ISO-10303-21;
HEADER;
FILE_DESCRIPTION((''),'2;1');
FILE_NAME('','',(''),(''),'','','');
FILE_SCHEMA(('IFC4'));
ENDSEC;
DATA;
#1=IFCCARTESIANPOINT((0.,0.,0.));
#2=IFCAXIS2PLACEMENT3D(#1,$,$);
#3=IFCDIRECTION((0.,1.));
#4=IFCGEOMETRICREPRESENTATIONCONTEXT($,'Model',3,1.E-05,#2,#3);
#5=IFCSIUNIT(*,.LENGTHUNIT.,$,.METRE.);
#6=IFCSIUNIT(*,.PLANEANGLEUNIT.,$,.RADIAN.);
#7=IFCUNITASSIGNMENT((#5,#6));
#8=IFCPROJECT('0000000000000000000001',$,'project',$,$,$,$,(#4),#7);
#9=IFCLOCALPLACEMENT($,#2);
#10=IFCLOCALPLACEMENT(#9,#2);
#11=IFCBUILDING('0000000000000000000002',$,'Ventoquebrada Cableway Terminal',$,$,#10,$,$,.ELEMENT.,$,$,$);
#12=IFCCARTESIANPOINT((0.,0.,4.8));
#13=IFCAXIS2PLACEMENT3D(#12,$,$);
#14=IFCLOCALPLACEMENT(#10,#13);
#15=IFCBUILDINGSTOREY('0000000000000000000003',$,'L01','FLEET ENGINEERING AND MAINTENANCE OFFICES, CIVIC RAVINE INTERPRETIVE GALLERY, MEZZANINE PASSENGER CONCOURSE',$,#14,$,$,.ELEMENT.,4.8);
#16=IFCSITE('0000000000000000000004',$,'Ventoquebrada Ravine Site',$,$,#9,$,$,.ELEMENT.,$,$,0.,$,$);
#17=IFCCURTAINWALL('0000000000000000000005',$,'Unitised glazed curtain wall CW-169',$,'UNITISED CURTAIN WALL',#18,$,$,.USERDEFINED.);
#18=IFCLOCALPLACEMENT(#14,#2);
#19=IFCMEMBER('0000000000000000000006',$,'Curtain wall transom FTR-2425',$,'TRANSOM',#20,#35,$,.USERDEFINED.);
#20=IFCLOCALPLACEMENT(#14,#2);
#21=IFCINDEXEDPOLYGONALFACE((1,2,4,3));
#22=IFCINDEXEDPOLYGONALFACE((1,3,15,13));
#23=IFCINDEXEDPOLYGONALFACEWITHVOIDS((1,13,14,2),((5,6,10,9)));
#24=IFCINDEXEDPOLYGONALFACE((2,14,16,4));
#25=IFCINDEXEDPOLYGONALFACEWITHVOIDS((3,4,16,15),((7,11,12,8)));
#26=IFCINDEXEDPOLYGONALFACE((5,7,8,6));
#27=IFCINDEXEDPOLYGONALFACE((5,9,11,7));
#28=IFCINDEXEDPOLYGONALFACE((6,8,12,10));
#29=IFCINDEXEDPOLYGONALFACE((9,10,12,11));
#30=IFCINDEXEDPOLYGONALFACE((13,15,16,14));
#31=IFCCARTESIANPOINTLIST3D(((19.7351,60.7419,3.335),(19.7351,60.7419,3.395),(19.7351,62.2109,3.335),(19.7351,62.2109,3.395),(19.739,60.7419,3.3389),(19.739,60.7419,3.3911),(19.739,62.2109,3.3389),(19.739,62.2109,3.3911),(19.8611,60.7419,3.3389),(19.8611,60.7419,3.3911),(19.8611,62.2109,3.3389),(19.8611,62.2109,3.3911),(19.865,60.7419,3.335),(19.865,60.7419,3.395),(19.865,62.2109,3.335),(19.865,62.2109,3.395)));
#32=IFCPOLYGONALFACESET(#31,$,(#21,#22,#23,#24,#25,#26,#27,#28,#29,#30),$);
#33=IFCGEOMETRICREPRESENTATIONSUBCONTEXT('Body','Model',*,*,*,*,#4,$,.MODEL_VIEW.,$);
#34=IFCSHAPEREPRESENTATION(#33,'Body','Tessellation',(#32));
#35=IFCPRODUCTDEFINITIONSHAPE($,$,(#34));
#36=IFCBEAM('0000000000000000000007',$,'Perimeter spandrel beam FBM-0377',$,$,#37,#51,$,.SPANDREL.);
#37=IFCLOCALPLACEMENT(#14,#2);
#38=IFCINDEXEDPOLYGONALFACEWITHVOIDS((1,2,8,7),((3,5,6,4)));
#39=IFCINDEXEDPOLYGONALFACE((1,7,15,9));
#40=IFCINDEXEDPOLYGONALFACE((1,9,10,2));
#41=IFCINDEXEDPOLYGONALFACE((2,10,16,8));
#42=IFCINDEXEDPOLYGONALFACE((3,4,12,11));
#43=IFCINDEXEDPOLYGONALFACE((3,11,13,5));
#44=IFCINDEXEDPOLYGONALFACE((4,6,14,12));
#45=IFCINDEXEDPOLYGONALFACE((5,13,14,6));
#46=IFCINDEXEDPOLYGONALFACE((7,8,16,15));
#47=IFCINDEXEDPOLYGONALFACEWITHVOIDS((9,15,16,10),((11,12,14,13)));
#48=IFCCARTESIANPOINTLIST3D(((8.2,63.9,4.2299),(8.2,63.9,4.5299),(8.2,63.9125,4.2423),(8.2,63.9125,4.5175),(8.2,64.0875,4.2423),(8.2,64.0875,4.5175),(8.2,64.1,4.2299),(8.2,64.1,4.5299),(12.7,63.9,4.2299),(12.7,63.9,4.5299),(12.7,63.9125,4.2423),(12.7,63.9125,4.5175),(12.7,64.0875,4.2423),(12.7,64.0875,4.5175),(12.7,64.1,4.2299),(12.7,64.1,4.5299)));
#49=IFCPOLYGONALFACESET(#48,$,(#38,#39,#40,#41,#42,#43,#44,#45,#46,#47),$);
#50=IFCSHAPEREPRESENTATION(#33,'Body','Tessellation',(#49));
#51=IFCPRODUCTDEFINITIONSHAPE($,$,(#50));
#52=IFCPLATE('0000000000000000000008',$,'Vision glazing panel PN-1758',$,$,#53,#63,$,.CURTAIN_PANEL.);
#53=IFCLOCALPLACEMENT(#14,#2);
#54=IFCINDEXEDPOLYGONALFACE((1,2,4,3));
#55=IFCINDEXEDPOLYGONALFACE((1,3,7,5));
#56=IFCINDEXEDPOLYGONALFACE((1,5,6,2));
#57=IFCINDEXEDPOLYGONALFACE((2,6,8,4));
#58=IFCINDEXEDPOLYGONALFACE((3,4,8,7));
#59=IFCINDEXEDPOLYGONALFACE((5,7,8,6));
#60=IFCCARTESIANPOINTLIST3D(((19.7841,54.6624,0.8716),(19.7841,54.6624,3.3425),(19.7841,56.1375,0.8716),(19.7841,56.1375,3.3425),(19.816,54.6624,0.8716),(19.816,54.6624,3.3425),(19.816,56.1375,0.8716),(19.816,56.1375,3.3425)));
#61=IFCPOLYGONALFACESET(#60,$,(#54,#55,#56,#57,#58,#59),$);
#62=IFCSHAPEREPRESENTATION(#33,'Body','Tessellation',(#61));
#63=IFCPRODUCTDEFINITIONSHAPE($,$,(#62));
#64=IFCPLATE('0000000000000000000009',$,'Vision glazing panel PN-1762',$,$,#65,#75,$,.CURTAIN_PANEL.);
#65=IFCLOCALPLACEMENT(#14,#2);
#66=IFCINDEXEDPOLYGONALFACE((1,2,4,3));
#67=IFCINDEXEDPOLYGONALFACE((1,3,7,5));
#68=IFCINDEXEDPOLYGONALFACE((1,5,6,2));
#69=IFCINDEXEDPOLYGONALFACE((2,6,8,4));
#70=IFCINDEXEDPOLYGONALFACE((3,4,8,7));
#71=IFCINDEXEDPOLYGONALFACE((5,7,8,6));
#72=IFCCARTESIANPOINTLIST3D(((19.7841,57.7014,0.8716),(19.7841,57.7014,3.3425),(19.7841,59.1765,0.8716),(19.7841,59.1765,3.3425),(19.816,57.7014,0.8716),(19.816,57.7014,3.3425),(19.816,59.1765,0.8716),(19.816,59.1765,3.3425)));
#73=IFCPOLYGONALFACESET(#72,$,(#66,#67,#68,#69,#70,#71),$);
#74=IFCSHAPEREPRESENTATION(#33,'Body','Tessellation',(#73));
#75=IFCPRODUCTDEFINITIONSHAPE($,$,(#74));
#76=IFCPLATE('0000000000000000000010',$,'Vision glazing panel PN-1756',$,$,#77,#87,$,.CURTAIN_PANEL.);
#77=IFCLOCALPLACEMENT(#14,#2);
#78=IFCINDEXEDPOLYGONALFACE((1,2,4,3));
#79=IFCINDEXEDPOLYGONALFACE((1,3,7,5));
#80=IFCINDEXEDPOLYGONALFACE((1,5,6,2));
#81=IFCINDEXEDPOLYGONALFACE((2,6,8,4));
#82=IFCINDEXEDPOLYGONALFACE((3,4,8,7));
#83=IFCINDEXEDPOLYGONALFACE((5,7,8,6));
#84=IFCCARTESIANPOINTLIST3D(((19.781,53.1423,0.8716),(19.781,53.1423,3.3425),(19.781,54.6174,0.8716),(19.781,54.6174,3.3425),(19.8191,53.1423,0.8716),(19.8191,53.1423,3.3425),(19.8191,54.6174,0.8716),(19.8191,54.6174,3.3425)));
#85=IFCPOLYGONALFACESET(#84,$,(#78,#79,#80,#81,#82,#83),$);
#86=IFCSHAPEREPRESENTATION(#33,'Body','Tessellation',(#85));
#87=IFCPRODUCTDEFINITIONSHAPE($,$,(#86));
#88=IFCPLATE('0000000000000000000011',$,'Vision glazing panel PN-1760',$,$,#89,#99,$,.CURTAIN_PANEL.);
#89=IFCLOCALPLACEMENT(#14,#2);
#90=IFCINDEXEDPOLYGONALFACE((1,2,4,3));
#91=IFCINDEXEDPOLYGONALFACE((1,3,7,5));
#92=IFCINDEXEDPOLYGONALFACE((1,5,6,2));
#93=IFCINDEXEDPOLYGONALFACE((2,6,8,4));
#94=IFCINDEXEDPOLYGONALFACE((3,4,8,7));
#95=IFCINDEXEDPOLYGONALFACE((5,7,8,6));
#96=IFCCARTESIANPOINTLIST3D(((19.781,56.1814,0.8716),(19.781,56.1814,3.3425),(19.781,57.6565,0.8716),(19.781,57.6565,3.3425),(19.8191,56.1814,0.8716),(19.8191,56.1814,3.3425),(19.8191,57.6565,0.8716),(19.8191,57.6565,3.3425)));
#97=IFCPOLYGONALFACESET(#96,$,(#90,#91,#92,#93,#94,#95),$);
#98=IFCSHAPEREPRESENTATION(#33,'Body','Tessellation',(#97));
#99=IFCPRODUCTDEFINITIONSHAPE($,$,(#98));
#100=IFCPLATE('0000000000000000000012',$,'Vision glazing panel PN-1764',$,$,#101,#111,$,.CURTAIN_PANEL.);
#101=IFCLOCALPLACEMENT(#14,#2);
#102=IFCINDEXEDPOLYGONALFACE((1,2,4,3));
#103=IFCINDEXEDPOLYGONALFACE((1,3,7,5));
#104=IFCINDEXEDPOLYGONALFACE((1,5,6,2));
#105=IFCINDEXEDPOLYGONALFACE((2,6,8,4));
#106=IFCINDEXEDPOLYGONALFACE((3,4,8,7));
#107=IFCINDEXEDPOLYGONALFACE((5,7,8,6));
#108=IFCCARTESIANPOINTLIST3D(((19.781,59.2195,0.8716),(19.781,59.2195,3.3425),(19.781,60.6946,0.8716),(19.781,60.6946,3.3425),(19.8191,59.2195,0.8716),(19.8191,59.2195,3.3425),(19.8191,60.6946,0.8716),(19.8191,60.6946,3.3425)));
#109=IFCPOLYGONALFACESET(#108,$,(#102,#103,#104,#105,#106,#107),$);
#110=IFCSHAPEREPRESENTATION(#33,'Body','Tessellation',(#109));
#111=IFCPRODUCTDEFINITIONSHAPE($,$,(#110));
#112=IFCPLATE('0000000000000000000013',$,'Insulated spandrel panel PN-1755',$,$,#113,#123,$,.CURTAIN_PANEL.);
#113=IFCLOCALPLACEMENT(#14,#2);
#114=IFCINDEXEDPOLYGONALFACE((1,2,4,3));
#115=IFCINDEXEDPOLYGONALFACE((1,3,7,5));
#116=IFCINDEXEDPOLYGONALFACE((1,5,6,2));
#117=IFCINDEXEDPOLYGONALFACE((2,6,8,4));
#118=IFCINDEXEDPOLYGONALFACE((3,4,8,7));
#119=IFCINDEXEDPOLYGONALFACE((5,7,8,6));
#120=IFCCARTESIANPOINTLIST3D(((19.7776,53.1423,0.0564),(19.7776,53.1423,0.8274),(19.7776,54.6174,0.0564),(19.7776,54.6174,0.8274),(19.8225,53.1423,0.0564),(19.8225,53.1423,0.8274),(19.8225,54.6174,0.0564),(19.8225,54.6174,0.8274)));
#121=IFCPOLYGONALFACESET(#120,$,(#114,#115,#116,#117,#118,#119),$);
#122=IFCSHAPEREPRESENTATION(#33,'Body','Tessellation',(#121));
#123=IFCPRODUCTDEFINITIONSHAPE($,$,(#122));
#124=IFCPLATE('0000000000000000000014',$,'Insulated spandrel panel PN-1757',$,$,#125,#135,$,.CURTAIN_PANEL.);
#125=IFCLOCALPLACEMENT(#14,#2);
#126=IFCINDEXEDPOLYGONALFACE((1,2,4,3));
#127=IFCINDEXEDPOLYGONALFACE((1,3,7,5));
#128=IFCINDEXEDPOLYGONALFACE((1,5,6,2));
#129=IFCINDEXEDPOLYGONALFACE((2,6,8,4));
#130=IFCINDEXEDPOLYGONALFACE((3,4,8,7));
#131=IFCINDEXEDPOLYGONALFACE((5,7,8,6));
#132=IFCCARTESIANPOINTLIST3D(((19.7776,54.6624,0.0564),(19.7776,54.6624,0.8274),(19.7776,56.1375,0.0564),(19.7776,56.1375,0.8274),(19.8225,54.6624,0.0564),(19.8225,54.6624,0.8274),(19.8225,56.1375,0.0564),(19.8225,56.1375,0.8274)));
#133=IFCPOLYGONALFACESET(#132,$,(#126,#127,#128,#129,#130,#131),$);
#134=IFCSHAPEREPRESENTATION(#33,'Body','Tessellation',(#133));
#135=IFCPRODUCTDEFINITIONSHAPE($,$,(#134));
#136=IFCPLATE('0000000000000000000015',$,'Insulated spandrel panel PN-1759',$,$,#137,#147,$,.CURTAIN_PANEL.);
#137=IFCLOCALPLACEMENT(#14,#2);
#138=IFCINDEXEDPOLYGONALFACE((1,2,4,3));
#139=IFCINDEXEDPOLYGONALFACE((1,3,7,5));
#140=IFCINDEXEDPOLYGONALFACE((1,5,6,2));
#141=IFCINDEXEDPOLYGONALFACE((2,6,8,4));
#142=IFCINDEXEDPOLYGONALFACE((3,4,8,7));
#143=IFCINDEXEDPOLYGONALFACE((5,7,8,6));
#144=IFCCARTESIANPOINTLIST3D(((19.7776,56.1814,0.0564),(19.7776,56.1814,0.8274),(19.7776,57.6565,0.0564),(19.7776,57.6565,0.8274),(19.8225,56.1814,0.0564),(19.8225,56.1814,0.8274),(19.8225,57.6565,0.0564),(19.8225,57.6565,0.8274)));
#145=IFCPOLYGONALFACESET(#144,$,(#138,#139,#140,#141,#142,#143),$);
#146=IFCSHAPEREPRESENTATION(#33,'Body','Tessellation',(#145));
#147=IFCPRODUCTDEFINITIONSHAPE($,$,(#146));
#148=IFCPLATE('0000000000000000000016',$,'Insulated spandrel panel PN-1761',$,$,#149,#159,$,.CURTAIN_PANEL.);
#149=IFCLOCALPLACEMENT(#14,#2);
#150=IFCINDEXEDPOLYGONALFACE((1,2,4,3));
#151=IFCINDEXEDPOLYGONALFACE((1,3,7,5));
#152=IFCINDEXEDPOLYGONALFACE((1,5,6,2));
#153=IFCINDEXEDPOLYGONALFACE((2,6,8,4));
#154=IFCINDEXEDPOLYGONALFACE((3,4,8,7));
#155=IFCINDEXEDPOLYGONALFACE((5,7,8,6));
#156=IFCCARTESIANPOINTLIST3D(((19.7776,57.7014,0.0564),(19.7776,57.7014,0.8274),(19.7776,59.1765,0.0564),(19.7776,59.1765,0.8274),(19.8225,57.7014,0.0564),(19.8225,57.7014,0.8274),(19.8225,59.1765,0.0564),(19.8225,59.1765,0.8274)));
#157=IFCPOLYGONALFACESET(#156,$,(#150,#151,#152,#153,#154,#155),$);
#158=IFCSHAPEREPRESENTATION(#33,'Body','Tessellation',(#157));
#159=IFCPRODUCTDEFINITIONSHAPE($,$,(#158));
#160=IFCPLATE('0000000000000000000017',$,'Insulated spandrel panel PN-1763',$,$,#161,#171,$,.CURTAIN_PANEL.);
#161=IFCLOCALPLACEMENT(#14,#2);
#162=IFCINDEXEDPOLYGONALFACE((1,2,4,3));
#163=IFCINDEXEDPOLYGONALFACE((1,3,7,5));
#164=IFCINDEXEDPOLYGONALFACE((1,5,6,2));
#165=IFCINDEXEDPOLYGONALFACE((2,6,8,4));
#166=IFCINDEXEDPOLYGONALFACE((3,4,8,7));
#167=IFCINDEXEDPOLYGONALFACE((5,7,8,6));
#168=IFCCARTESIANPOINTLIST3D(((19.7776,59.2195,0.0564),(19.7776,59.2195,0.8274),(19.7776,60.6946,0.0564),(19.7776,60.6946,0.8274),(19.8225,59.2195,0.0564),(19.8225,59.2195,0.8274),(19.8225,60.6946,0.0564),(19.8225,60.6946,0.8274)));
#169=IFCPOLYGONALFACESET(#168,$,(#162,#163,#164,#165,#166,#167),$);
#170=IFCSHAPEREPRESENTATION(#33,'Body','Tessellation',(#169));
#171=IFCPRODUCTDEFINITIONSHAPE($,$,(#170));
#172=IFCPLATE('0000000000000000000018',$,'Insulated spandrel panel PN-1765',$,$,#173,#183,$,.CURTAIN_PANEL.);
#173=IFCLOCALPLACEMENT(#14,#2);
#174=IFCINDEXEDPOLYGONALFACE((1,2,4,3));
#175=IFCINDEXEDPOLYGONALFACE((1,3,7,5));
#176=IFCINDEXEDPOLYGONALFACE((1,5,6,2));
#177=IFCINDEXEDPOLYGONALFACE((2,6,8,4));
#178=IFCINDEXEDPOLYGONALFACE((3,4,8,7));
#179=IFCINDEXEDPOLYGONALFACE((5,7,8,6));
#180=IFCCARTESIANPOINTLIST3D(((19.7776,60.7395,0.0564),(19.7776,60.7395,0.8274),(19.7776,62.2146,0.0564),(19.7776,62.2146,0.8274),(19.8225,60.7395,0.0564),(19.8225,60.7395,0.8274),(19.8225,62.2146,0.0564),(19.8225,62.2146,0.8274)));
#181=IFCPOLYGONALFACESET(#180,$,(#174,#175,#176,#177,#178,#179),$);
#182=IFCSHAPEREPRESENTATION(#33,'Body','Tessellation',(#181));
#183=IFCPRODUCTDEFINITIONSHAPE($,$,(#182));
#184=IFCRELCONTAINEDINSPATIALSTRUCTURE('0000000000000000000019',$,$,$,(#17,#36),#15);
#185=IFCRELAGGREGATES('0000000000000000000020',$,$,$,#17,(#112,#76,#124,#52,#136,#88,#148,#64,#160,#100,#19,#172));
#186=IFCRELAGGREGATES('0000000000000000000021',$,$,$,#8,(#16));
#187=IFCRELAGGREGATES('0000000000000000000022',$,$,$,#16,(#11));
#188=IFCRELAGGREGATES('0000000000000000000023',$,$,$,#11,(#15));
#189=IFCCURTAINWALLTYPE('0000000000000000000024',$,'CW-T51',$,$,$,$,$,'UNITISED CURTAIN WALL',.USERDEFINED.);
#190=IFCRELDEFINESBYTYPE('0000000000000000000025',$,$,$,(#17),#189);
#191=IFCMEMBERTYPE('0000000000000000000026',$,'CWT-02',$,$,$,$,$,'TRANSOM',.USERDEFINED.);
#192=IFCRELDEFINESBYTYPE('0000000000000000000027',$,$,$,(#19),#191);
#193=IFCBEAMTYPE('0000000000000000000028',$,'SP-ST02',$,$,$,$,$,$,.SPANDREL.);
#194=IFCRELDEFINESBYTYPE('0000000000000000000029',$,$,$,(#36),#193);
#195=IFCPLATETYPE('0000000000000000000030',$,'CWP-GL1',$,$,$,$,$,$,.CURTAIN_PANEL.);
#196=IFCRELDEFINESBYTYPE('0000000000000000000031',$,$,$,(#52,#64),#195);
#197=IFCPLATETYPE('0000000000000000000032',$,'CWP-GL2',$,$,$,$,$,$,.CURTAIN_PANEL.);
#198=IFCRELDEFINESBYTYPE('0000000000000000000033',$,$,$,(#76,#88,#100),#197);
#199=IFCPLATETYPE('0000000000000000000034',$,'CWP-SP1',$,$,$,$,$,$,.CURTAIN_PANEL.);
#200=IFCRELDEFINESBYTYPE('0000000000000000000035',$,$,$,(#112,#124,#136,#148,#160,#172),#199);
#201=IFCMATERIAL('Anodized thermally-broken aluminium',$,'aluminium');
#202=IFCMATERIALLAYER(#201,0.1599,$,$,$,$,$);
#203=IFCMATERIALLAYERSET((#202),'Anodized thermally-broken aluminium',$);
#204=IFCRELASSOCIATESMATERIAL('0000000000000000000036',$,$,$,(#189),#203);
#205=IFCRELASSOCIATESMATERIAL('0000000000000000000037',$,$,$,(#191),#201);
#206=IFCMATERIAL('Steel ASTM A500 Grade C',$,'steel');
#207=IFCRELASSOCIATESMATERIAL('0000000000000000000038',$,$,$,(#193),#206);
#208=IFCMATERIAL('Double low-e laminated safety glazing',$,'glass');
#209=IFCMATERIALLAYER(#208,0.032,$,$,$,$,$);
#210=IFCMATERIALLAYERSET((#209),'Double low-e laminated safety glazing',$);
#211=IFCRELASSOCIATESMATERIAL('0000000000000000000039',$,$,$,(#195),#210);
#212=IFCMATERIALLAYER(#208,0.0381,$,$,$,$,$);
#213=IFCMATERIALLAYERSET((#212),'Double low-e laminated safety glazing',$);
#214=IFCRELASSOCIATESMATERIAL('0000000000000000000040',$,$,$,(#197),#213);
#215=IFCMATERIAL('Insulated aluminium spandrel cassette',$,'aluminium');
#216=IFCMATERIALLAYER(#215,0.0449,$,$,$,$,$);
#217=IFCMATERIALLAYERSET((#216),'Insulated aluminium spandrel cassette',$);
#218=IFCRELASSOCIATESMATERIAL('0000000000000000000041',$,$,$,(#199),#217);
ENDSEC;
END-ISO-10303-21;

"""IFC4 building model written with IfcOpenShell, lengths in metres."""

from ifc_helpers import new_model, si_unit, direction, frame, origin, origin_2d, place, context, subcontext, project, spatial, rectangle, hollow_rectangle, extrude, material, layer, layer_set, material_profile, profile_set, type_object, element, aggregate, save


model = new_model("IFC4")

# Units and contexts
model_context = context("Model", 3, precision=1e-05, world=origin(), true_north=direction((0.0, 1.0)))
body_context = subcontext(model_context, "Body", "Model", "MODEL_VIEW")
ifc_project = project(units=[si_unit("LENGTHUNIT", "METRE"), si_unit("PLANEANGLEUNIT", "RADIAN")], contexts=[model_context])

# Site, building, storey
site_placement = place(None, origin())
site = spatial("IfcSite", under=ifc_project, at=site_placement, Name="Ventoquebrada Ravine Site", CompositionType="ELEMENT", RefElevation=0.0)
building_placement = place(site_placement, origin())
building = spatial("IfcBuilding", under=site, at=building_placement, Name="Ventoquebrada Cableway Terminal", CompositionType="ELEMENT")
storey_placement = place(building_placement, frame((0.0, 0.0, 4.8)))
storey = spatial("IfcBuildingStorey", under=building, at=storey_placement, Name="L01", Description="FLEET ENGINEERING AND MAINTENANCE OFFICES, CIVIC RAVINE INTERPRETIVE GALLERY, MEZZANINE PASSENGER CONCOURSE", CompositionType="ELEMENT", Elevation=4.8)

# Curtain wall, member
ifc_material_1 = material(Name="Anodized thermally-broken aluminium", Category="aluminium")
ifc_layer_1 = layer(ifc_material_1, 0.1599)
ifc_layer_set_1 = layer_set([ifc_layer_1], Name="Anodized thermally-broken aluminium")
curtain_wall_type = type_object("IfcCurtainWallType", Name="CW-T51", ElementType="UNITISED CURTAIN WALL", PredefinedType="USERDEFINED", material=ifc_layer_set_1)
curtain_wall_placement = place(storey_placement, origin())
curtain_wall = element("IfcCurtainWall", 1, at=curtain_wall_placement, inside=storey, type_object=curtain_wall_type, Name="Unitised glazed curtain wall CW-169", ObjectType="UNITISED CURTAIN WALL", PredefinedType="USERDEFINED")
ifc_material_profile_1 = material_profile(ifc_material_1, hollow_rectangle(XDim=0.0601, YDim=0.1299, WallThickness=0.0039, at=origin_2d()), Name="CW-TRN-60X130")
ifc_profile_set_1 = profile_set([ifc_material_profile_1], Name="Anodized thermally-broken aluminium")
member_type_1 = type_object("IfcMemberType", Name="CWT-02", ElementType="TRANSOM", PredefinedType="USERDEFINED", material=ifc_profile_set_1)
member_1_placement = place(storey_placement, frame((19.8, 60.7419, 3.365), z_axis=(0.0, 1.0, 0.0), x_axis=(0.0, 0.0, 1.0)))
member_1 = element("IfcMember", 2, at=member_1_placement, type_object=member_type_1, Name="Curtain wall transom FTR-2425", ObjectType="TRANSOM", PredefinedType="USERDEFINED", context=body_context, shape_type="SweptSolid", body=[
    extrude(hollow_rectangle(XDim=0.0601, YDim=0.1299, WallThickness=0.0039, at=origin_2d()), origin(), (0.0, 0.0, 1.0), 1.469),
])

# Beam
ifc_material_2 = material(Name="Steel ASTM A500 Grade C", Category="steel")
ifc_material_profile_2 = material_profile(ifc_material_2, hollow_rectangle(XDim=0.2, YDim=0.3, WallThickness=0.0125, at=origin_2d()), Name="RHS300X200X12.5")
ifc_profile_set_2 = profile_set([ifc_material_profile_2], Name="Steel ASTM A500 Grade C")
beam_type_1 = type_object("IfcBeamType", Name="SP-ST02", PredefinedType="SPANDREL", material=ifc_profile_set_2)
beam_1_placement = place(storey_placement, frame((8.2, 64.0, 4.3799), z_axis=(1.0, 0.0, 0.0), x_axis=(0.0, 1.0, 0.0)))
element("IfcBeam", 3, at=beam_1_placement, inside=storey, type_object=beam_type_1, Name="Perimeter spandrel beam FBM-0377", PredefinedType="SPANDREL", context=body_context, shape_type="SweptSolid", body=[
    extrude(hollow_rectangle(XDim=0.2, YDim=0.3, WallThickness=0.0125, at=origin_2d()), origin(), (0.0, 0.0, 1.0), 4.5),
])

# Plates
ifc_material_3 = material(Name="Double low-e laminated safety glazing", Category="glass")
ifc_layer_2 = layer(ifc_material_3, 0.032)
ifc_layer_set_2 = layer_set([ifc_layer_2], Name="Double low-e laminated safety glazing")
plate_type_1 = type_object("IfcPlateType", Name="CWP-GL1", PredefinedType="CURTAIN_PANEL", material=ifc_layer_set_2)
plate_1_placement = place(storey_placement, frame((19.8, 55.3999, 0.8716), z_axis=(0.0, 0.0, 1.0), x_axis=(0.0, 1.0, 0.0)))
plate_1 = element("IfcPlate", 4, at=plate_1_placement, type_object=plate_type_1, Name="Vision glazing panel PN-1758", PredefinedType="CURTAIN_PANEL", context=body_context, shape_type="SweptSolid", body=[
    extrude(rectangle(XDim=1.4751, YDim=0.032, at=origin_2d()), origin(), (0.0, 0.0, 1.0), 2.4709),
])
plate_2_placement = place(storey_placement, frame((19.8, 58.439, 0.8716), z_axis=(0.0, 0.0, 1.0), x_axis=(0.0, 1.0, 0.0)))
plate_2 = element("IfcPlate", 5, at=plate_2_placement, type_object=plate_type_1, Name="Vision glazing panel PN-1762", PredefinedType="CURTAIN_PANEL", context=body_context, shape_type="SweptSolid", body=[
    extrude(rectangle(XDim=1.4751, YDim=0.032, at=origin_2d()), origin(), (0.0, 0.0, 1.0), 2.4709),
])
ifc_layer_3 = layer(ifc_material_3, 0.0381)
ifc_layer_set_3 = layer_set([ifc_layer_3], Name="Double low-e laminated safety glazing")
plate_type_2 = type_object("IfcPlateType", Name="CWP-GL2", PredefinedType="CURTAIN_PANEL", material=ifc_layer_set_3)
plate_3_placement = place(storey_placement, frame((19.8, 53.8799, 0.8716), z_axis=(0.0, 0.0, 1.0), x_axis=(0.0, 1.0, 0.0)))
plate_3 = element("IfcPlate", 6, at=plate_3_placement, type_object=plate_type_2, Name="Vision glazing panel PN-1756", PredefinedType="CURTAIN_PANEL", context=body_context, shape_type="SweptSolid", body=[
    extrude(rectangle(XDim=1.4751, YDim=0.0381, at=origin_2d()), origin(), (0.0, 0.0, 1.0), 2.4709),
])
plate_4_placement = place(storey_placement, frame((19.8, 56.9189, 0.8716), z_axis=(0.0, 0.0, 1.0), x_axis=(0.0, 1.0, 0.0)))
plate_4 = element("IfcPlate", 7, at=plate_4_placement, type_object=plate_type_2, Name="Vision glazing panel PN-1760", PredefinedType="CURTAIN_PANEL", context=body_context, shape_type="SweptSolid", body=[
    extrude(rectangle(XDim=1.4751, YDim=0.0381, at=origin_2d()), origin(), (0.0, 0.0, 1.0), 2.4709),
])
plate_5_placement = place(storey_placement, frame((19.8, 59.957, 0.8716), z_axis=(0.0, 0.0, 1.0), x_axis=(0.0, 1.0, 0.0)))
plate_5 = element("IfcPlate", 8, at=plate_5_placement, type_object=plate_type_2, Name="Vision glazing panel PN-1764", PredefinedType="CURTAIN_PANEL", context=body_context, shape_type="SweptSolid", body=[
    extrude(rectangle(XDim=1.4751, YDim=0.0381, at=origin_2d()), origin(), (0.0, 0.0, 1.0), 2.4709),
])
ifc_material_4 = material(Name="Insulated aluminium spandrel cassette", Category="aluminium")
ifc_layer_4 = layer(ifc_material_4, 0.0449)
ifc_layer_set_4 = layer_set([ifc_layer_4], Name="Insulated aluminium spandrel cassette")
plate_type_3 = type_object("IfcPlateType", Name="CWP-SP1", PredefinedType="CURTAIN_PANEL", material=ifc_layer_set_4)
plate_6_placement = place(storey_placement, frame((19.8, 53.8799, 0.0564), z_axis=(0.0, 0.0, 1.0), x_axis=(0.0, 1.0, 0.0)))
plate_6 = element("IfcPlate", 9, at=plate_6_placement, type_object=plate_type_3, Name="Insulated spandrel panel PN-1755", PredefinedType="CURTAIN_PANEL", context=body_context, shape_type="SweptSolid", body=[
    extrude(rectangle(XDim=1.4751, YDim=0.0449, at=origin_2d()), origin(), (0.0, 0.0, 1.0), 0.771),
])
plate_7_placement = place(storey_placement, frame((19.8, 55.3999, 0.0564), z_axis=(0.0, 0.0, 1.0), x_axis=(0.0, 1.0, 0.0)))
plate_7 = element("IfcPlate", 10, at=plate_7_placement, type_object=plate_type_3, Name="Insulated spandrel panel PN-1757", PredefinedType="CURTAIN_PANEL", context=body_context, shape_type="SweptSolid", body=[
    extrude(rectangle(XDim=1.4751, YDim=0.0449, at=origin_2d()), origin(), (0.0, 0.0, 1.0), 0.771),
])
plate_8_placement = place(storey_placement, frame((19.8, 56.9189, 0.0564), z_axis=(0.0, 0.0, 1.0), x_axis=(0.0, 1.0, 0.0)))
plate_8 = element("IfcPlate", 11, at=plate_8_placement, type_object=plate_type_3, Name="Insulated spandrel panel PN-1759", PredefinedType="CURTAIN_PANEL", context=body_context, shape_type="SweptSolid", body=[
    extrude(rectangle(XDim=1.4751, YDim=0.0449, at=origin_2d()), origin(), (0.0, 0.0, 1.0), 0.771),
])
plate_9_placement = place(storey_placement, frame((19.8, 58.439, 0.0564), z_axis=(0.0, 0.0, 1.0), x_axis=(0.0, 1.0, 0.0)))
plate_9 = element("IfcPlate", 12, at=plate_9_placement, type_object=plate_type_3, Name="Insulated spandrel panel PN-1761", PredefinedType="CURTAIN_PANEL", context=body_context, shape_type="SweptSolid", body=[
    extrude(rectangle(XDim=1.4751, YDim=0.0449, at=origin_2d()), origin(), (0.0, 0.0, 1.0), 0.771),
])
plate_10_placement = place(storey_placement, frame((19.8, 59.957, 0.0564), z_axis=(0.0, 0.0, 1.0), x_axis=(0.0, 1.0, 0.0)))
plate_10 = element("IfcPlate", 13, at=plate_10_placement, type_object=plate_type_3, Name="Insulated spandrel panel PN-1763", PredefinedType="CURTAIN_PANEL", context=body_context, shape_type="SweptSolid", body=[
    extrude(rectangle(XDim=1.4751, YDim=0.0449, at=origin_2d()), origin(), (0.0, 0.0, 1.0), 0.771),
])
plate_11_placement = place(storey_placement, frame((19.8, 61.4771, 0.0564), z_axis=(0.0, 0.0, 1.0), x_axis=(0.0, 1.0, 0.0)))
plate_11 = element("IfcPlate", 14, at=plate_11_placement, type_object=plate_type_3, Name="Insulated spandrel panel PN-1765", PredefinedType="CURTAIN_PANEL", context=body_context, shape_type="SweptSolid", body=[
    extrude(rectangle(XDim=1.4751, YDim=0.0449, at=origin_2d()), origin(), (0.0, 0.0, 1.0), 0.771),
])
aggregate(curtain_wall, [plate_6, plate_3, plate_7, plate_1, plate_8, plate_4, plate_9, plate_2, plate_10, plate_5, member_1, plate_11])

save(model, "model.ifc")
